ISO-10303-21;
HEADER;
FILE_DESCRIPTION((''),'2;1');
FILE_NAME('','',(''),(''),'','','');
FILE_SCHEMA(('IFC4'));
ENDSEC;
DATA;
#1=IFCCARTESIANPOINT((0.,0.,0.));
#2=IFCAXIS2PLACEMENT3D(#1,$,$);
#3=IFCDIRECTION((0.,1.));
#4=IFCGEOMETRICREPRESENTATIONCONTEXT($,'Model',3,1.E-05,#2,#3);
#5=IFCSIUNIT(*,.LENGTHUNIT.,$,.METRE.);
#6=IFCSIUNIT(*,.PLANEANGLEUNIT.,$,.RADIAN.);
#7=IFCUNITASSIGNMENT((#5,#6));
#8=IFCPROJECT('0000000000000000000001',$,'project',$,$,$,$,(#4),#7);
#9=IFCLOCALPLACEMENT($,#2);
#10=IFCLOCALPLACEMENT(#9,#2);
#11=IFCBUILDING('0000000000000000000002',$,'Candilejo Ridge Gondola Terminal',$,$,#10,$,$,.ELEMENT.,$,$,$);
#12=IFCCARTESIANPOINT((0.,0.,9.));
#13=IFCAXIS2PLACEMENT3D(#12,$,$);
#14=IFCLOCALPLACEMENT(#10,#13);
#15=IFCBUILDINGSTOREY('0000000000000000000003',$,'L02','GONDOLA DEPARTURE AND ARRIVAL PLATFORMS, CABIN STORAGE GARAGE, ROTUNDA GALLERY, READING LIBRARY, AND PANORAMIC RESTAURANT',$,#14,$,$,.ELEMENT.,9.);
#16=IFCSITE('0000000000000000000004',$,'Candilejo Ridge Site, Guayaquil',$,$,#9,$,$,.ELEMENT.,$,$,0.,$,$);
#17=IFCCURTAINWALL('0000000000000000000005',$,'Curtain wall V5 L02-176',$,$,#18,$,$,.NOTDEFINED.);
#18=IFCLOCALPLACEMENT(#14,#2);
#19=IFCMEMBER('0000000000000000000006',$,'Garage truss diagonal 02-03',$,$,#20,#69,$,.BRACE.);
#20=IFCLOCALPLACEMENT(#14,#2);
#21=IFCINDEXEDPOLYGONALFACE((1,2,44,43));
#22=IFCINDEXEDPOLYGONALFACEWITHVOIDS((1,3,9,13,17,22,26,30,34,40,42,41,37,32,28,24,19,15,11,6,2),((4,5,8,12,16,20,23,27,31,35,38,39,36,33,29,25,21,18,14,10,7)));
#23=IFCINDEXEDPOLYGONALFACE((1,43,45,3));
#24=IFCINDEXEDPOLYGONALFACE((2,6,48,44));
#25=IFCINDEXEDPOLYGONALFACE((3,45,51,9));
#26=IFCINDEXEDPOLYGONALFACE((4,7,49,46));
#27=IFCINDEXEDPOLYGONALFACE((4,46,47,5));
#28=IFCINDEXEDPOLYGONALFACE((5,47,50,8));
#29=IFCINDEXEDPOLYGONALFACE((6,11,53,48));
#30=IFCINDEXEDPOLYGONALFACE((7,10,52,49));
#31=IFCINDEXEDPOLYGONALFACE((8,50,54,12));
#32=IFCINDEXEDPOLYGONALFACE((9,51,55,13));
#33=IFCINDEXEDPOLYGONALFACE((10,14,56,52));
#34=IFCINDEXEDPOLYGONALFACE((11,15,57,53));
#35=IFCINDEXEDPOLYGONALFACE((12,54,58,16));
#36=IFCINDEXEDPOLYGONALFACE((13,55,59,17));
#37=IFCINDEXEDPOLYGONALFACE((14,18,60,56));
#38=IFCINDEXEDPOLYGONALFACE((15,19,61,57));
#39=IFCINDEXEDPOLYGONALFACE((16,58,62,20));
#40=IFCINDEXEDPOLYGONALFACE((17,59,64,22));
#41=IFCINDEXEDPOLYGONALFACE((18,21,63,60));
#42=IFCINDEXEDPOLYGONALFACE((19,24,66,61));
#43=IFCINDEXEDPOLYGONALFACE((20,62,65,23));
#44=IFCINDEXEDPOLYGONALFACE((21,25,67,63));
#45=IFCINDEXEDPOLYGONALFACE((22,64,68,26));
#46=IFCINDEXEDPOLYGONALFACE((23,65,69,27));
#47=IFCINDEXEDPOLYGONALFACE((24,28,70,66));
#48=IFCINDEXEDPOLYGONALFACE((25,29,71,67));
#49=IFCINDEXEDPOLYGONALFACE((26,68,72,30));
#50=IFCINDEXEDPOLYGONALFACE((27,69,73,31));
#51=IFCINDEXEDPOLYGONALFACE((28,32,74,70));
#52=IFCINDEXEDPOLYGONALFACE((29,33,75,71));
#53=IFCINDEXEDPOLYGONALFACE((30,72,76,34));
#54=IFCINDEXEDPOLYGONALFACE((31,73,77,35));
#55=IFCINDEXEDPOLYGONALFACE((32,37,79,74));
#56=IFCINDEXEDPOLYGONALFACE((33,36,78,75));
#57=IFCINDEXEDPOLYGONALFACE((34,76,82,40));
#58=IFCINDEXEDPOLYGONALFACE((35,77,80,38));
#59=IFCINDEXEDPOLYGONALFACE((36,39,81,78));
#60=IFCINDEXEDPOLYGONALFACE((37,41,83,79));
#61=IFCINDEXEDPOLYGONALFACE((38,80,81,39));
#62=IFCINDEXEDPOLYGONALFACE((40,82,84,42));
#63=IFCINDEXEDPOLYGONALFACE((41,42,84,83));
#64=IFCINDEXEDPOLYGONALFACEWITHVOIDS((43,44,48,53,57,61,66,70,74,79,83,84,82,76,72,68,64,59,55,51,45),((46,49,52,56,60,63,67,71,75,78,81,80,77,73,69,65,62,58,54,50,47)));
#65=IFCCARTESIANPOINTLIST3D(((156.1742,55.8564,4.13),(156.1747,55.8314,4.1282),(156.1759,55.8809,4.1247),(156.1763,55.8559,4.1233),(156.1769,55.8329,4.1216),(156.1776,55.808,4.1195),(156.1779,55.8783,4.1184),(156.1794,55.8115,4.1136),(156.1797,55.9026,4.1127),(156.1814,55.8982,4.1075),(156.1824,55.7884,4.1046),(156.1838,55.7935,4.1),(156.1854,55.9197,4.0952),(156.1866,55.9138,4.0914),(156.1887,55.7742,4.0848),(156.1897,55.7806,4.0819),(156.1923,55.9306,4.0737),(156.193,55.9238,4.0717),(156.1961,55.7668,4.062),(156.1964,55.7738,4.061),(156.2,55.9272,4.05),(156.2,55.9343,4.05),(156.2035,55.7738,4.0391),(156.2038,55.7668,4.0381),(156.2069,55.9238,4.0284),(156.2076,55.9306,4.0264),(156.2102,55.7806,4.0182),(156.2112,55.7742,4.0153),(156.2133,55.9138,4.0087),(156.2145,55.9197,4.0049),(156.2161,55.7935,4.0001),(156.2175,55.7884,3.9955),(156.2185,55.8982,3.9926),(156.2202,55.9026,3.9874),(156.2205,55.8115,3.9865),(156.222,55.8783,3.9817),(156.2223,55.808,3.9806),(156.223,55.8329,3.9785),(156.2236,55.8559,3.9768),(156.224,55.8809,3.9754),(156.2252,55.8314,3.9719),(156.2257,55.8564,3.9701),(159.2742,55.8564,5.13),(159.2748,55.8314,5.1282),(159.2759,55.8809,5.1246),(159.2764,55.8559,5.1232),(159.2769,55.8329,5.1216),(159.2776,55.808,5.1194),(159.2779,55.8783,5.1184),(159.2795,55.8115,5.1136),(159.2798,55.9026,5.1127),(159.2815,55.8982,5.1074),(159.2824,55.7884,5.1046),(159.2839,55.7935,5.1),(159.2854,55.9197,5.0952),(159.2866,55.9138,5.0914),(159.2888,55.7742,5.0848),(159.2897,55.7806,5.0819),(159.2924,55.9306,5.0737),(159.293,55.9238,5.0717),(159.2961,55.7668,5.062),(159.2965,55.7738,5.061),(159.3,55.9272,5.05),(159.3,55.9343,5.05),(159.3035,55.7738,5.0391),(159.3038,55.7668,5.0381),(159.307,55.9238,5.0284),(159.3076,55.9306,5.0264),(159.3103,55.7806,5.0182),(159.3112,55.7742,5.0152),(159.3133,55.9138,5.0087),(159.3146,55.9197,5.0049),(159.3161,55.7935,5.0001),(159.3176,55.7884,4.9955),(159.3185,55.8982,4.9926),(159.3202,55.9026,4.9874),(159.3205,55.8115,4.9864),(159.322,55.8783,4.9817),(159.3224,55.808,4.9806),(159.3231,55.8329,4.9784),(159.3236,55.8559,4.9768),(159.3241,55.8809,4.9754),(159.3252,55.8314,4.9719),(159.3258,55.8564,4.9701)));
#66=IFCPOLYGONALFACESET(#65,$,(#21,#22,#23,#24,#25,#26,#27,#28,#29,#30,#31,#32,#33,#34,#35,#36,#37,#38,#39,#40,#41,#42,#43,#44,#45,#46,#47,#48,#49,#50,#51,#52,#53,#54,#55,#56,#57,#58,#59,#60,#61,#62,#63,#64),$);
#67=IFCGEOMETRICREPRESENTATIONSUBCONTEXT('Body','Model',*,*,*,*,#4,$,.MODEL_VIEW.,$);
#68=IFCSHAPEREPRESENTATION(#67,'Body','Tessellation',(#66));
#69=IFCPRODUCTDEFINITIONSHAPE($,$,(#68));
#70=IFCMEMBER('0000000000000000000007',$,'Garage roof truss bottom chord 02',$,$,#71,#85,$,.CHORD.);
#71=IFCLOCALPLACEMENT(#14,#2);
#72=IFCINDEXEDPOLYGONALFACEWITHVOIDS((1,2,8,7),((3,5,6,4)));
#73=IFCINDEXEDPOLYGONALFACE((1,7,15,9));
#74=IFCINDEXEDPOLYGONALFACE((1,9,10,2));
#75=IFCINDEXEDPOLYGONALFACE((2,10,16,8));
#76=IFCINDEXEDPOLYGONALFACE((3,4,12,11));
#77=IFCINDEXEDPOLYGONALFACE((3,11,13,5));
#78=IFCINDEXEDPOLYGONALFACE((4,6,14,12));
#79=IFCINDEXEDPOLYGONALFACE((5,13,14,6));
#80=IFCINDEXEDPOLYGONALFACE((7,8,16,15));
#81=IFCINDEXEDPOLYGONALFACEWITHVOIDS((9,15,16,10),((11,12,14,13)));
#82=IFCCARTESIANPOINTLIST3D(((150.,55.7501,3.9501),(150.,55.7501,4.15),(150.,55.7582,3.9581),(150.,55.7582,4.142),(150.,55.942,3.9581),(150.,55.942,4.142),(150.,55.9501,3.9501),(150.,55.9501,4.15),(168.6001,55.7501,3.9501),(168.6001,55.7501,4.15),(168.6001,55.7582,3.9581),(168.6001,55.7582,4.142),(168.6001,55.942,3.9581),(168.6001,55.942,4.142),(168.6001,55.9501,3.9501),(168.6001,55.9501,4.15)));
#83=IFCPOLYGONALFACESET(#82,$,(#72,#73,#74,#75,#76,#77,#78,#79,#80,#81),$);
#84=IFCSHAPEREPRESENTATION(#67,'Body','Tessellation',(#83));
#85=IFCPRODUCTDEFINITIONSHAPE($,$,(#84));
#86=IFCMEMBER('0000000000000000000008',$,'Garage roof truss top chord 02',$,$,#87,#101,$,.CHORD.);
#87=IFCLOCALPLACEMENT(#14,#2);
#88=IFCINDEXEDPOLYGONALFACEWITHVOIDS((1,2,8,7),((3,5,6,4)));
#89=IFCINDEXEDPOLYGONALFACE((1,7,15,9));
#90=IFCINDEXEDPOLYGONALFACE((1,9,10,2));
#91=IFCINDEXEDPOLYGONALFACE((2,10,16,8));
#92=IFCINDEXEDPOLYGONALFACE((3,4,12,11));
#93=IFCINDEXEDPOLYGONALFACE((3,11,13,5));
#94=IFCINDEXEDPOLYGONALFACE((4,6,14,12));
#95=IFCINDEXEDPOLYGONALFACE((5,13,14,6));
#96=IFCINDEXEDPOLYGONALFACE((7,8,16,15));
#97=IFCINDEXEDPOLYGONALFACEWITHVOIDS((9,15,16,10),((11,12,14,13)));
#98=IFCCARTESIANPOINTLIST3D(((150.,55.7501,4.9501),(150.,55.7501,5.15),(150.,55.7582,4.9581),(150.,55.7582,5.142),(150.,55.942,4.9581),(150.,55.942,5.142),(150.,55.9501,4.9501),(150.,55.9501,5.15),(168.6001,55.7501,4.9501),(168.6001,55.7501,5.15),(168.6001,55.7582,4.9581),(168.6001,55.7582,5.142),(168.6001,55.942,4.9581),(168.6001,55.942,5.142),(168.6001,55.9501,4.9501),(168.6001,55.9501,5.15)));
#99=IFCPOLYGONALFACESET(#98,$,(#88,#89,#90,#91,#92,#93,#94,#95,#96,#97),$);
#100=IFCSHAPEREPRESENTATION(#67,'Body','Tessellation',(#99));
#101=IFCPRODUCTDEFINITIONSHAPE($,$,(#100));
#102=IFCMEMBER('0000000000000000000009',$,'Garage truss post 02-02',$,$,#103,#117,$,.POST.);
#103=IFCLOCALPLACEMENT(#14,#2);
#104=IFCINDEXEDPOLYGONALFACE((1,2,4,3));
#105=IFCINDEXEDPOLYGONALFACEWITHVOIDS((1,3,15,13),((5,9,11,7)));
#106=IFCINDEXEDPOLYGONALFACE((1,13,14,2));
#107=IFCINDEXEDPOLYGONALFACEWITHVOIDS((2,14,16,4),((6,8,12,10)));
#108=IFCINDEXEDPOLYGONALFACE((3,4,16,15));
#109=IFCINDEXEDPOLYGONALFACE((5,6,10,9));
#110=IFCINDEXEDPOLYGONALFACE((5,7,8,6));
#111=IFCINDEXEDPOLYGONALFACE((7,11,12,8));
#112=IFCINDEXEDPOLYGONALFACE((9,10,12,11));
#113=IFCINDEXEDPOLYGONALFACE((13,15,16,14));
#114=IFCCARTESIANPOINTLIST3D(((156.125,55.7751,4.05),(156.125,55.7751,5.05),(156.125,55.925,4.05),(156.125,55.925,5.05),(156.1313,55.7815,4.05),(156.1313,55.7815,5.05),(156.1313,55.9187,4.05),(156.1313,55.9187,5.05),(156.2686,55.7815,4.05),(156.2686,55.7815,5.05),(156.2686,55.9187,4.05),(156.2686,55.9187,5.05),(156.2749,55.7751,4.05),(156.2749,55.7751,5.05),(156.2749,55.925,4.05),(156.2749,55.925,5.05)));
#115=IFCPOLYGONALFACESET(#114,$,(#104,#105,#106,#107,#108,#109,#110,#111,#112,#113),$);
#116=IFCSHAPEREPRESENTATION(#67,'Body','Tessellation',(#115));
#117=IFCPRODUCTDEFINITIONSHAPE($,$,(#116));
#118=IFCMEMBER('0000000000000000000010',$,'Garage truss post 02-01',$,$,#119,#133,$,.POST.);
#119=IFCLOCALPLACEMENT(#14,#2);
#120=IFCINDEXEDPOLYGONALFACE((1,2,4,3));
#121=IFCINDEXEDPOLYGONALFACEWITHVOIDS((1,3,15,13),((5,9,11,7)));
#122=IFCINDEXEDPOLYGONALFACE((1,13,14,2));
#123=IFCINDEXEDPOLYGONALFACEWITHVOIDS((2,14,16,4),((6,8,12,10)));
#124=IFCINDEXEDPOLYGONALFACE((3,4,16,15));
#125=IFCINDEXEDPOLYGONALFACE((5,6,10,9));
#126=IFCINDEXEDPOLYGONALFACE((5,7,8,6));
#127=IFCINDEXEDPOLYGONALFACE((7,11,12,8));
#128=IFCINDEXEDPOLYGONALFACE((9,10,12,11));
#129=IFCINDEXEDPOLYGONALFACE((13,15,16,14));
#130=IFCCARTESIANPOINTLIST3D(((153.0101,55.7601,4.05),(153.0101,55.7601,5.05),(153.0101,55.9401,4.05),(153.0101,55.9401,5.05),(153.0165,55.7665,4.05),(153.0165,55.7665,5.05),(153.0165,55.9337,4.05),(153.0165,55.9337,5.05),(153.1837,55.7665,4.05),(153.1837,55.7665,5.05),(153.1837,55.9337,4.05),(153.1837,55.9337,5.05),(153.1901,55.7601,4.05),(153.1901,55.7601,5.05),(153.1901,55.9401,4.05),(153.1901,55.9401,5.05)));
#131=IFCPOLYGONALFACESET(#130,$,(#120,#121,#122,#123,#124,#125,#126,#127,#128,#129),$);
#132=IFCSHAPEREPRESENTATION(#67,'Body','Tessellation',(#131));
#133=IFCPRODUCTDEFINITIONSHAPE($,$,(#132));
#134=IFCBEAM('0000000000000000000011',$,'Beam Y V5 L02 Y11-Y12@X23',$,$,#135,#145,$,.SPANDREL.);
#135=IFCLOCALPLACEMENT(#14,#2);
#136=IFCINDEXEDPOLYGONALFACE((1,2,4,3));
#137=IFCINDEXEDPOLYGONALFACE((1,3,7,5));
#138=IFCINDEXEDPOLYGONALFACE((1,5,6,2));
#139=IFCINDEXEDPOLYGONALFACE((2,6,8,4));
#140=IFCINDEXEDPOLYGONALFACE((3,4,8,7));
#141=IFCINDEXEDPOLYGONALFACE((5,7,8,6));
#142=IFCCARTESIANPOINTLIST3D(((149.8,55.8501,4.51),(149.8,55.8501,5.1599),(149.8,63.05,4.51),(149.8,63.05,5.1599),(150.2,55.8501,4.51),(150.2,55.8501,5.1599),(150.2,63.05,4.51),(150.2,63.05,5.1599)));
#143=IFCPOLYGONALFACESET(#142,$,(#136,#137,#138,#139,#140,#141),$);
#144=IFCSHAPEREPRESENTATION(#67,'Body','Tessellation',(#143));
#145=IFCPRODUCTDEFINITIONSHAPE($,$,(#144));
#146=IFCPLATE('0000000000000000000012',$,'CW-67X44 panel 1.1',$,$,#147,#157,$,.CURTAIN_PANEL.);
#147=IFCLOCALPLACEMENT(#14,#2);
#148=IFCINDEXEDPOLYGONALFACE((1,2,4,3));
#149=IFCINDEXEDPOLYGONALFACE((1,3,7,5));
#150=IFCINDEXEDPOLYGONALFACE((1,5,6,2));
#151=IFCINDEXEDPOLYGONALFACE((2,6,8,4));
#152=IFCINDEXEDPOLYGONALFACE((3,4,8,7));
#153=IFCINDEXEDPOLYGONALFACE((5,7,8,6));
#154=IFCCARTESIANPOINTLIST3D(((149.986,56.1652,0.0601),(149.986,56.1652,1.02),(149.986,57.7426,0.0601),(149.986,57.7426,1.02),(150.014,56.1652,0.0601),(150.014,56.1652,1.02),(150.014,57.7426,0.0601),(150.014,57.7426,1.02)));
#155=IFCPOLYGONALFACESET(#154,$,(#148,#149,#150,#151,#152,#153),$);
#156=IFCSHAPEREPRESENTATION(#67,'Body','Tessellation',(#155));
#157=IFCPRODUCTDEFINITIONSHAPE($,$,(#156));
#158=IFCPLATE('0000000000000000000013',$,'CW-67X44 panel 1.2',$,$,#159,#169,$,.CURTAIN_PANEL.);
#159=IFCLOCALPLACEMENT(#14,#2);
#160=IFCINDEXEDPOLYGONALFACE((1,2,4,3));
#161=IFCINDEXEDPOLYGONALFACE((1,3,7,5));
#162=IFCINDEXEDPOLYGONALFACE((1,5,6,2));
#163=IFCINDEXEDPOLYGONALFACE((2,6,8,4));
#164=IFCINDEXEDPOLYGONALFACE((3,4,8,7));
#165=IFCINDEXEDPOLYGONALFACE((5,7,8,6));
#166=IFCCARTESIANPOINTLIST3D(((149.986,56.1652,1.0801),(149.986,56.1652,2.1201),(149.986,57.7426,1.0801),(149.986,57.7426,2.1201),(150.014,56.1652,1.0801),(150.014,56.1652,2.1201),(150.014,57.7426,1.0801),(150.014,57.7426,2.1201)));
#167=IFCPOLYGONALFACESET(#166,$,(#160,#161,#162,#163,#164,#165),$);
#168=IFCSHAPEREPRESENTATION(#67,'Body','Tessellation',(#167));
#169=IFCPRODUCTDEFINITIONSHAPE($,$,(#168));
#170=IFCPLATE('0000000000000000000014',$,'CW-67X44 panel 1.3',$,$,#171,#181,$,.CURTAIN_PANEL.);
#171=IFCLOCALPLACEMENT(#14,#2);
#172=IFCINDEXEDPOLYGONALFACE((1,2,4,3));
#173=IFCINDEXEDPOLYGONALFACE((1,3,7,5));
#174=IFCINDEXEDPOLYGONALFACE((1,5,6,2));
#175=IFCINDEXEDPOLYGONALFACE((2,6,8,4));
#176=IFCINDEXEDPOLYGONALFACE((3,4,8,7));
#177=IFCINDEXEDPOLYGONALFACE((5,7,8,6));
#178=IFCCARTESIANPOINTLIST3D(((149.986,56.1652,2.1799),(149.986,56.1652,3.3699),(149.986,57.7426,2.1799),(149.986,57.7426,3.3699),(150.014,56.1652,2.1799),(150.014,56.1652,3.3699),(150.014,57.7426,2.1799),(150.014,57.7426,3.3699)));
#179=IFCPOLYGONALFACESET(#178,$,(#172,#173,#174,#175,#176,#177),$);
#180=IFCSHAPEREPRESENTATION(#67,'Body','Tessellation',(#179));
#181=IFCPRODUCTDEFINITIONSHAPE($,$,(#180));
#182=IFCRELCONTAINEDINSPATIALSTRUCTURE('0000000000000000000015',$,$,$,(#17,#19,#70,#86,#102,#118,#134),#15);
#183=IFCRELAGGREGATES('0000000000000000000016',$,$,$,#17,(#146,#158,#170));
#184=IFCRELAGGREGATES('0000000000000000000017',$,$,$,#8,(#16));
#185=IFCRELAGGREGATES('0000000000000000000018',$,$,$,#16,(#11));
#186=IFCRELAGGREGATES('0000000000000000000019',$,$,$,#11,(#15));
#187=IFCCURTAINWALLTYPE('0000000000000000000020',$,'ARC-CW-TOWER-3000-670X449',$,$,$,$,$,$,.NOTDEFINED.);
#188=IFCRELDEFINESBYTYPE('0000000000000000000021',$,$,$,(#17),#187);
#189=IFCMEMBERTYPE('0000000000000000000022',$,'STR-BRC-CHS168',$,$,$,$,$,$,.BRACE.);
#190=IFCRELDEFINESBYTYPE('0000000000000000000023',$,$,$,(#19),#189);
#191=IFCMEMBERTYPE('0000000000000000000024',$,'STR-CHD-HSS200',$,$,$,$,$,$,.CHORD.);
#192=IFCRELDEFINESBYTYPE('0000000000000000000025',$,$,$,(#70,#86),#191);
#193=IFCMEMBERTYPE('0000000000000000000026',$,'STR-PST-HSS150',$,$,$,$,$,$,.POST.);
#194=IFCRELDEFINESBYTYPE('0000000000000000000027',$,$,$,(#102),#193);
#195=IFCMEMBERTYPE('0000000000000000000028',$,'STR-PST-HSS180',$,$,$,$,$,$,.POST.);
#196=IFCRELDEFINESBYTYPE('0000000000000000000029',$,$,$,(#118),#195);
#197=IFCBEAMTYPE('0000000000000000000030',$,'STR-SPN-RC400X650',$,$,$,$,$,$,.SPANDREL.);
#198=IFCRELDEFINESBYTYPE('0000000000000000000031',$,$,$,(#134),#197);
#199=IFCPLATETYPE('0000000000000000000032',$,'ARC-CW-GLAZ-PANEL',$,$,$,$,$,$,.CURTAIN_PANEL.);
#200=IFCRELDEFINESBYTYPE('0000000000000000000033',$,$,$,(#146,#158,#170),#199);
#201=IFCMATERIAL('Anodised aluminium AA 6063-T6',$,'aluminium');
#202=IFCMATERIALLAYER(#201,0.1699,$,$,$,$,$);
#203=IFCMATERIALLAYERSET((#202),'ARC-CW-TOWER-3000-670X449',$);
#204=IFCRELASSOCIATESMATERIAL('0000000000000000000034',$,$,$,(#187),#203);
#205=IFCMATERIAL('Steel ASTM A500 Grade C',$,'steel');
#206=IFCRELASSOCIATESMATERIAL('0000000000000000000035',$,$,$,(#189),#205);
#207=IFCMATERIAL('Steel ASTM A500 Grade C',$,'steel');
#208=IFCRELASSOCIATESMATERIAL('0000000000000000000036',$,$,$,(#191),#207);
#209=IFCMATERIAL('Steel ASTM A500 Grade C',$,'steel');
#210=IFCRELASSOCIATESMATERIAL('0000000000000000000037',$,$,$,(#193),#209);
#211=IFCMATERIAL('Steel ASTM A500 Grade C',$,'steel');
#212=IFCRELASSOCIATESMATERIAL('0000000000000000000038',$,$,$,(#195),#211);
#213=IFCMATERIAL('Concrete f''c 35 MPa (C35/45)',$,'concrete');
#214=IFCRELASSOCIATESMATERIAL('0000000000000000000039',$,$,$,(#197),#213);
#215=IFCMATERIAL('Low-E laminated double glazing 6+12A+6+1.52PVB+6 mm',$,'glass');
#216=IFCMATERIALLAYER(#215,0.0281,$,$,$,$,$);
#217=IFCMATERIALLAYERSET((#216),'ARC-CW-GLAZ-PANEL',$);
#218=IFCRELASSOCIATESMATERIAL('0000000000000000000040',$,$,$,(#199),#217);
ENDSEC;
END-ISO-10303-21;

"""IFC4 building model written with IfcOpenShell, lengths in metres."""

from ifc_helpers import new_model, si_unit, direction, frame, origin, origin_2d, place, context, subcontext, project, spatial, rectangle, hollow_rectangle, hollow_circle, extrude, material, layer, layer_set, material_profile, profile_set, type_object, element, aggregate, save


model = new_model("IFC4")

# Units and contexts
model_context = context("Model", 3, precision=1e-05, world=origin(), true_north=direction((0.0, 1.0)))
body_context = subcontext(model_context, "Body", "Model", "MODEL_VIEW")
ifc_project = project(units=[si_unit("LENGTHUNIT", "METRE"), si_unit("PLANEANGLEUNIT", "RADIAN")], contexts=[model_context])

# Site, building, storey
site_placement = place(None, origin())
site = spatial("IfcSite", under=ifc_project, at=site_placement, Name="Candilejo Ridge Site, Guayaquil", CompositionType="ELEMENT", RefElevation=0.0)
building_placement = place(site_placement, origin())
building = spatial("IfcBuilding", under=site, at=building_placement, Name="Candilejo Ridge Gondola Terminal", CompositionType="ELEMENT")
storey_placement = place(building_placement, frame((0.0, 0.0, 9.0)))
storey = spatial("IfcBuildingStorey", under=building, at=storey_placement, Name="L02", Description="GONDOLA DEPARTURE AND ARRIVAL PLATFORMS, CABIN STORAGE GARAGE, ROTUNDA GALLERY, READING LIBRARY, AND PANORAMIC RESTAURANT", CompositionType="ELEMENT", Elevation=9.0)

# Curtain wall
ifc_material_1 = material(Name="Anodised aluminium AA 6063-T6", Category="aluminium")
ifc_layer_1 = layer(ifc_material_1, 0.1699)
ifc_layer_set_1 = layer_set([ifc_layer_1], Name="ARC-CW-TOWER-3000-670X449")
curtain_wall_type = type_object("IfcCurtainWallType", Name="ARC-CW-TOWER-3000-670X449", PredefinedType="NOTDEFINED", material=ifc_layer_set_1)
curtain_wall_placement = place(storey_placement, origin())
curtain_wall = element("IfcCurtainWall", 1, at=curtain_wall_placement, inside=storey, type_object=curtain_wall_type, Name="Curtain wall V5 L02-176", PredefinedType="NOTDEFINED")

# Members
ifc_material_2 = material(Name="Steel ASTM A500 Grade C", Category="steel")
ifc_material_profile_1 = material_profile(ifc_material_2, hollow_circle(Radius=0.0842, WallThickness=0.0071, at=origin_2d()))
ifc_profile_set_1 = profile_set([ifc_material_profile_1], Name="Steel ASTM A500 Grade C")
member_type_1 = type_object("IfcMemberType", Name="STR-BRC-CHS168", PredefinedType="BRACE", material=ifc_profile_set_1)
member_1_placement = place(storey_placement, frame((156.2, 55.8501, 4.05), z_axis=(0.951711, 0.0, 0.306994), x_axis=(0.0, 1.0, 0.0)))
element("IfcMember", 2, at=member_1_placement, inside=storey, type_object=member_type_1, Name="Garage truss diagonal 02-03", PredefinedType="BRACE", context=body_context, shape_type="SweptSolid", body=[
    extrude(hollow_circle(Radius=0.0842, WallThickness=0.0071, at=origin_2d()), origin(), (0.0, 0.0, 1.0), 3.2573),
])
ifc_material_3 = material(Name="Steel ASTM A500 Grade C", Category="steel")
ifc_material_profile_2 = material_profile(ifc_material_3, hollow_rectangle(XDim=0.2, YDim=0.2, WallThickness=0.0081, at=origin_2d()))
ifc_profile_set_2 = profile_set([ifc_material_profile_2], Name="Steel ASTM A500 Grade C")
member_type_2 = type_object("IfcMemberType", Name="STR-CHD-HSS200", PredefinedType="CHORD", material=ifc_profile_set_2)
for number, where, z_axis, x_axis, name in (
    (3, (150.0, 55.8501, 4.05), (1.0, 0.0, 0.0), (0.0, 1.0, 0.0), "Garage roof truss bottom chord 02"),
    (4, (150.0, 55.8501, 5.05), (1.0, 0.0, 0.0), (0.0, 1.0, 0.0), "Garage roof truss top chord 02"),
):
    element("IfcMember", number, at=place(storey_placement, frame(where, z_axis=z_axis, x_axis=x_axis)), inside=storey, type_object=member_type_2, Name=name, PredefinedType="CHORD", context=body_context, shape_type="SweptSolid", body=[
        extrude(hollow_rectangle(XDim=0.2, YDim=0.2, WallThickness=0.0081, at=origin_2d()), origin(), (0.0, 0.0, 1.0), 18.6001),
    ])
ifc_material_4 = material(Name="Steel ASTM A500 Grade C", Category="steel")
ifc_material_profile_3 = material_profile(ifc_material_4, hollow_rectangle(XDim=0.1499, YDim=0.1499, WallThickness=0.0063, at=origin_2d()))
ifc_profile_set_3 = profile_set([ifc_material_profile_3], Name="Steel ASTM A500 Grade C")
member_type_3 = type_object("IfcMemberType", Name="STR-PST-HSS150", PredefinedType="POST", material=ifc_profile_set_3)
member_2_placement = place(storey_placement, frame((156.2, 55.8501, 4.05), z_axis=(0.0, 0.0, 1.0), x_axis=(1.0, 0.0, 0.0)))
element("IfcMember", 5, at=member_2_placement, inside=storey, type_object=member_type_3, Name="Garage truss post 02-02", PredefinedType="POST", context=body_context, shape_type="SweptSolid", body=[
    extrude(hollow_rectangle(XDim=0.1499, YDim=0.1499, WallThickness=0.0063, at=origin_2d()), origin(), (0.0, 0.0, 1.0), 1.0),
])
ifc_material_5 = material(Name="Steel ASTM A500 Grade C", Category="steel")
ifc_material_profile_4 = material_profile(ifc_material_5, hollow_rectangle(XDim=0.1799, YDim=0.1799, WallThickness=0.0063, at=origin_2d()))
ifc_profile_set_4 = profile_set([ifc_material_profile_4], Name="Steel ASTM A500 Grade C")
member_type_4 = type_object("IfcMemberType", Name="STR-PST-HSS180", PredefinedType="POST", material=ifc_profile_set_4)
member_3_placement = place(storey_placement, frame((153.1001, 55.8501, 4.05), z_axis=(0.0, 0.0, 1.0), x_axis=(1.0, 0.0, 0.0)))
element("IfcMember", 6, at=member_3_placement, inside=storey, type_object=member_type_4, Name="Garage truss post 02-01", PredefinedType="POST", context=body_context, shape_type="SweptSolid", body=[
    extrude(hollow_rectangle(XDim=0.1799, YDim=0.1799, WallThickness=0.0063, at=origin_2d()), origin(), (0.0, 0.0, 1.0), 1.0),
])

# Beam
ifc_material_6 = material(Name="Concrete f'c 35 MPa (C35/45)", Category="concrete")
ifc_material_profile_5 = material_profile(ifc_material_6, rectangle(XDim=0.3999, YDim=0.6499, at=origin_2d()))
ifc_profile_set_5 = profile_set([ifc_material_profile_5], Name="Concrete f'c 35 MPa (C35/45)")
beam_type_1 = type_object("IfcBeamType", Name="STR-SPN-RC400X650", PredefinedType="SPANDREL", material=ifc_profile_set_5)
beam_1_placement = place(storey_placement, frame((150.0, 55.8501, 4.835), z_axis=(0.0, 1.0, 0.0), x_axis=(-1.0, 0.0, 0.0)))
element("IfcBeam", 7, at=beam_1_placement, inside=storey, type_object=beam_type_1, Name="Beam Y V5 L02 Y11-Y12@X23", PredefinedType="SPANDREL", context=body_context, shape_type="SweptSolid", body=[
    extrude(rectangle(XDim=0.3999, YDim=0.6499, at=origin_2d()), origin(), (0.0, 0.0, 1.0), 7.2),
])

# Plates
ifc_material_7 = material(Name="Low-E laminated double glazing 6+12A+6+1.52PVB+6 mm", Category="glass")
ifc_layer_2 = layer(ifc_material_7, 0.0281)
ifc_layer_set_2 = layer_set([ifc_layer_2], Name="ARC-CW-GLAZ-PANEL")
plate_type_1 = type_object("IfcPlateType", Name="ARC-CW-GLAZ-PANEL", PredefinedType="CURTAIN_PANEL", material=ifc_layer_set_2)
plate_1_placement = place(storey_placement, frame((150.0, 56.9539, 0.0601), z_axis=(0.0, 0.0, 1.0), x_axis=(0.0, 1.0, 0.0)))
plate_1 = element("IfcPlate", 8, at=plate_1_placement, type_object=plate_type_1, Name="CW-67X44 panel 1.1", PredefinedType="CURTAIN_PANEL", context=body_context, shape_type="SweptSolid", body=[
    extrude(rectangle(XDim=1.5774, YDim=0.0281, at=origin_2d()), origin(), (0.0, 0.0, 1.0), 0.96),
])
plate_2_placement = place(storey_placement, frame((150.0, 56.9539, 1.0801), z_axis=(0.0, 0.0, 1.0), x_axis=(0.0, 1.0, 0.0)))
plate_2 = element("IfcPlate", 9, at=plate_2_placement, type_object=plate_type_1, Name="CW-67X44 panel 1.2", PredefinedType="CURTAIN_PANEL", context=body_context, shape_type="SweptSolid", body=[
    extrude(rectangle(XDim=1.5774, YDim=0.0281, at=origin_2d()), origin(), (0.0, 0.0, 1.0), 1.04),
])
plate_3_placement = place(storey_placement, frame((150.0, 56.9539, 2.1799), z_axis=(0.0, 0.0, 1.0), x_axis=(0.0, 1.0, 0.0)))
plate_3 = element("IfcPlate", 10, at=plate_3_placement, type_object=plate_type_1, Name="CW-67X44 panel 1.3", PredefinedType="CURTAIN_PANEL", context=body_context, shape_type="SweptSolid", body=[
    extrude(rectangle(XDim=1.5774, YDim=0.0281, at=origin_2d()), origin(), (0.0, 0.0, 1.0), 1.1899),
])
aggregate(curtain_wall, [plate_1, plate_2, plate_3])

save(model, "model.ifc")
